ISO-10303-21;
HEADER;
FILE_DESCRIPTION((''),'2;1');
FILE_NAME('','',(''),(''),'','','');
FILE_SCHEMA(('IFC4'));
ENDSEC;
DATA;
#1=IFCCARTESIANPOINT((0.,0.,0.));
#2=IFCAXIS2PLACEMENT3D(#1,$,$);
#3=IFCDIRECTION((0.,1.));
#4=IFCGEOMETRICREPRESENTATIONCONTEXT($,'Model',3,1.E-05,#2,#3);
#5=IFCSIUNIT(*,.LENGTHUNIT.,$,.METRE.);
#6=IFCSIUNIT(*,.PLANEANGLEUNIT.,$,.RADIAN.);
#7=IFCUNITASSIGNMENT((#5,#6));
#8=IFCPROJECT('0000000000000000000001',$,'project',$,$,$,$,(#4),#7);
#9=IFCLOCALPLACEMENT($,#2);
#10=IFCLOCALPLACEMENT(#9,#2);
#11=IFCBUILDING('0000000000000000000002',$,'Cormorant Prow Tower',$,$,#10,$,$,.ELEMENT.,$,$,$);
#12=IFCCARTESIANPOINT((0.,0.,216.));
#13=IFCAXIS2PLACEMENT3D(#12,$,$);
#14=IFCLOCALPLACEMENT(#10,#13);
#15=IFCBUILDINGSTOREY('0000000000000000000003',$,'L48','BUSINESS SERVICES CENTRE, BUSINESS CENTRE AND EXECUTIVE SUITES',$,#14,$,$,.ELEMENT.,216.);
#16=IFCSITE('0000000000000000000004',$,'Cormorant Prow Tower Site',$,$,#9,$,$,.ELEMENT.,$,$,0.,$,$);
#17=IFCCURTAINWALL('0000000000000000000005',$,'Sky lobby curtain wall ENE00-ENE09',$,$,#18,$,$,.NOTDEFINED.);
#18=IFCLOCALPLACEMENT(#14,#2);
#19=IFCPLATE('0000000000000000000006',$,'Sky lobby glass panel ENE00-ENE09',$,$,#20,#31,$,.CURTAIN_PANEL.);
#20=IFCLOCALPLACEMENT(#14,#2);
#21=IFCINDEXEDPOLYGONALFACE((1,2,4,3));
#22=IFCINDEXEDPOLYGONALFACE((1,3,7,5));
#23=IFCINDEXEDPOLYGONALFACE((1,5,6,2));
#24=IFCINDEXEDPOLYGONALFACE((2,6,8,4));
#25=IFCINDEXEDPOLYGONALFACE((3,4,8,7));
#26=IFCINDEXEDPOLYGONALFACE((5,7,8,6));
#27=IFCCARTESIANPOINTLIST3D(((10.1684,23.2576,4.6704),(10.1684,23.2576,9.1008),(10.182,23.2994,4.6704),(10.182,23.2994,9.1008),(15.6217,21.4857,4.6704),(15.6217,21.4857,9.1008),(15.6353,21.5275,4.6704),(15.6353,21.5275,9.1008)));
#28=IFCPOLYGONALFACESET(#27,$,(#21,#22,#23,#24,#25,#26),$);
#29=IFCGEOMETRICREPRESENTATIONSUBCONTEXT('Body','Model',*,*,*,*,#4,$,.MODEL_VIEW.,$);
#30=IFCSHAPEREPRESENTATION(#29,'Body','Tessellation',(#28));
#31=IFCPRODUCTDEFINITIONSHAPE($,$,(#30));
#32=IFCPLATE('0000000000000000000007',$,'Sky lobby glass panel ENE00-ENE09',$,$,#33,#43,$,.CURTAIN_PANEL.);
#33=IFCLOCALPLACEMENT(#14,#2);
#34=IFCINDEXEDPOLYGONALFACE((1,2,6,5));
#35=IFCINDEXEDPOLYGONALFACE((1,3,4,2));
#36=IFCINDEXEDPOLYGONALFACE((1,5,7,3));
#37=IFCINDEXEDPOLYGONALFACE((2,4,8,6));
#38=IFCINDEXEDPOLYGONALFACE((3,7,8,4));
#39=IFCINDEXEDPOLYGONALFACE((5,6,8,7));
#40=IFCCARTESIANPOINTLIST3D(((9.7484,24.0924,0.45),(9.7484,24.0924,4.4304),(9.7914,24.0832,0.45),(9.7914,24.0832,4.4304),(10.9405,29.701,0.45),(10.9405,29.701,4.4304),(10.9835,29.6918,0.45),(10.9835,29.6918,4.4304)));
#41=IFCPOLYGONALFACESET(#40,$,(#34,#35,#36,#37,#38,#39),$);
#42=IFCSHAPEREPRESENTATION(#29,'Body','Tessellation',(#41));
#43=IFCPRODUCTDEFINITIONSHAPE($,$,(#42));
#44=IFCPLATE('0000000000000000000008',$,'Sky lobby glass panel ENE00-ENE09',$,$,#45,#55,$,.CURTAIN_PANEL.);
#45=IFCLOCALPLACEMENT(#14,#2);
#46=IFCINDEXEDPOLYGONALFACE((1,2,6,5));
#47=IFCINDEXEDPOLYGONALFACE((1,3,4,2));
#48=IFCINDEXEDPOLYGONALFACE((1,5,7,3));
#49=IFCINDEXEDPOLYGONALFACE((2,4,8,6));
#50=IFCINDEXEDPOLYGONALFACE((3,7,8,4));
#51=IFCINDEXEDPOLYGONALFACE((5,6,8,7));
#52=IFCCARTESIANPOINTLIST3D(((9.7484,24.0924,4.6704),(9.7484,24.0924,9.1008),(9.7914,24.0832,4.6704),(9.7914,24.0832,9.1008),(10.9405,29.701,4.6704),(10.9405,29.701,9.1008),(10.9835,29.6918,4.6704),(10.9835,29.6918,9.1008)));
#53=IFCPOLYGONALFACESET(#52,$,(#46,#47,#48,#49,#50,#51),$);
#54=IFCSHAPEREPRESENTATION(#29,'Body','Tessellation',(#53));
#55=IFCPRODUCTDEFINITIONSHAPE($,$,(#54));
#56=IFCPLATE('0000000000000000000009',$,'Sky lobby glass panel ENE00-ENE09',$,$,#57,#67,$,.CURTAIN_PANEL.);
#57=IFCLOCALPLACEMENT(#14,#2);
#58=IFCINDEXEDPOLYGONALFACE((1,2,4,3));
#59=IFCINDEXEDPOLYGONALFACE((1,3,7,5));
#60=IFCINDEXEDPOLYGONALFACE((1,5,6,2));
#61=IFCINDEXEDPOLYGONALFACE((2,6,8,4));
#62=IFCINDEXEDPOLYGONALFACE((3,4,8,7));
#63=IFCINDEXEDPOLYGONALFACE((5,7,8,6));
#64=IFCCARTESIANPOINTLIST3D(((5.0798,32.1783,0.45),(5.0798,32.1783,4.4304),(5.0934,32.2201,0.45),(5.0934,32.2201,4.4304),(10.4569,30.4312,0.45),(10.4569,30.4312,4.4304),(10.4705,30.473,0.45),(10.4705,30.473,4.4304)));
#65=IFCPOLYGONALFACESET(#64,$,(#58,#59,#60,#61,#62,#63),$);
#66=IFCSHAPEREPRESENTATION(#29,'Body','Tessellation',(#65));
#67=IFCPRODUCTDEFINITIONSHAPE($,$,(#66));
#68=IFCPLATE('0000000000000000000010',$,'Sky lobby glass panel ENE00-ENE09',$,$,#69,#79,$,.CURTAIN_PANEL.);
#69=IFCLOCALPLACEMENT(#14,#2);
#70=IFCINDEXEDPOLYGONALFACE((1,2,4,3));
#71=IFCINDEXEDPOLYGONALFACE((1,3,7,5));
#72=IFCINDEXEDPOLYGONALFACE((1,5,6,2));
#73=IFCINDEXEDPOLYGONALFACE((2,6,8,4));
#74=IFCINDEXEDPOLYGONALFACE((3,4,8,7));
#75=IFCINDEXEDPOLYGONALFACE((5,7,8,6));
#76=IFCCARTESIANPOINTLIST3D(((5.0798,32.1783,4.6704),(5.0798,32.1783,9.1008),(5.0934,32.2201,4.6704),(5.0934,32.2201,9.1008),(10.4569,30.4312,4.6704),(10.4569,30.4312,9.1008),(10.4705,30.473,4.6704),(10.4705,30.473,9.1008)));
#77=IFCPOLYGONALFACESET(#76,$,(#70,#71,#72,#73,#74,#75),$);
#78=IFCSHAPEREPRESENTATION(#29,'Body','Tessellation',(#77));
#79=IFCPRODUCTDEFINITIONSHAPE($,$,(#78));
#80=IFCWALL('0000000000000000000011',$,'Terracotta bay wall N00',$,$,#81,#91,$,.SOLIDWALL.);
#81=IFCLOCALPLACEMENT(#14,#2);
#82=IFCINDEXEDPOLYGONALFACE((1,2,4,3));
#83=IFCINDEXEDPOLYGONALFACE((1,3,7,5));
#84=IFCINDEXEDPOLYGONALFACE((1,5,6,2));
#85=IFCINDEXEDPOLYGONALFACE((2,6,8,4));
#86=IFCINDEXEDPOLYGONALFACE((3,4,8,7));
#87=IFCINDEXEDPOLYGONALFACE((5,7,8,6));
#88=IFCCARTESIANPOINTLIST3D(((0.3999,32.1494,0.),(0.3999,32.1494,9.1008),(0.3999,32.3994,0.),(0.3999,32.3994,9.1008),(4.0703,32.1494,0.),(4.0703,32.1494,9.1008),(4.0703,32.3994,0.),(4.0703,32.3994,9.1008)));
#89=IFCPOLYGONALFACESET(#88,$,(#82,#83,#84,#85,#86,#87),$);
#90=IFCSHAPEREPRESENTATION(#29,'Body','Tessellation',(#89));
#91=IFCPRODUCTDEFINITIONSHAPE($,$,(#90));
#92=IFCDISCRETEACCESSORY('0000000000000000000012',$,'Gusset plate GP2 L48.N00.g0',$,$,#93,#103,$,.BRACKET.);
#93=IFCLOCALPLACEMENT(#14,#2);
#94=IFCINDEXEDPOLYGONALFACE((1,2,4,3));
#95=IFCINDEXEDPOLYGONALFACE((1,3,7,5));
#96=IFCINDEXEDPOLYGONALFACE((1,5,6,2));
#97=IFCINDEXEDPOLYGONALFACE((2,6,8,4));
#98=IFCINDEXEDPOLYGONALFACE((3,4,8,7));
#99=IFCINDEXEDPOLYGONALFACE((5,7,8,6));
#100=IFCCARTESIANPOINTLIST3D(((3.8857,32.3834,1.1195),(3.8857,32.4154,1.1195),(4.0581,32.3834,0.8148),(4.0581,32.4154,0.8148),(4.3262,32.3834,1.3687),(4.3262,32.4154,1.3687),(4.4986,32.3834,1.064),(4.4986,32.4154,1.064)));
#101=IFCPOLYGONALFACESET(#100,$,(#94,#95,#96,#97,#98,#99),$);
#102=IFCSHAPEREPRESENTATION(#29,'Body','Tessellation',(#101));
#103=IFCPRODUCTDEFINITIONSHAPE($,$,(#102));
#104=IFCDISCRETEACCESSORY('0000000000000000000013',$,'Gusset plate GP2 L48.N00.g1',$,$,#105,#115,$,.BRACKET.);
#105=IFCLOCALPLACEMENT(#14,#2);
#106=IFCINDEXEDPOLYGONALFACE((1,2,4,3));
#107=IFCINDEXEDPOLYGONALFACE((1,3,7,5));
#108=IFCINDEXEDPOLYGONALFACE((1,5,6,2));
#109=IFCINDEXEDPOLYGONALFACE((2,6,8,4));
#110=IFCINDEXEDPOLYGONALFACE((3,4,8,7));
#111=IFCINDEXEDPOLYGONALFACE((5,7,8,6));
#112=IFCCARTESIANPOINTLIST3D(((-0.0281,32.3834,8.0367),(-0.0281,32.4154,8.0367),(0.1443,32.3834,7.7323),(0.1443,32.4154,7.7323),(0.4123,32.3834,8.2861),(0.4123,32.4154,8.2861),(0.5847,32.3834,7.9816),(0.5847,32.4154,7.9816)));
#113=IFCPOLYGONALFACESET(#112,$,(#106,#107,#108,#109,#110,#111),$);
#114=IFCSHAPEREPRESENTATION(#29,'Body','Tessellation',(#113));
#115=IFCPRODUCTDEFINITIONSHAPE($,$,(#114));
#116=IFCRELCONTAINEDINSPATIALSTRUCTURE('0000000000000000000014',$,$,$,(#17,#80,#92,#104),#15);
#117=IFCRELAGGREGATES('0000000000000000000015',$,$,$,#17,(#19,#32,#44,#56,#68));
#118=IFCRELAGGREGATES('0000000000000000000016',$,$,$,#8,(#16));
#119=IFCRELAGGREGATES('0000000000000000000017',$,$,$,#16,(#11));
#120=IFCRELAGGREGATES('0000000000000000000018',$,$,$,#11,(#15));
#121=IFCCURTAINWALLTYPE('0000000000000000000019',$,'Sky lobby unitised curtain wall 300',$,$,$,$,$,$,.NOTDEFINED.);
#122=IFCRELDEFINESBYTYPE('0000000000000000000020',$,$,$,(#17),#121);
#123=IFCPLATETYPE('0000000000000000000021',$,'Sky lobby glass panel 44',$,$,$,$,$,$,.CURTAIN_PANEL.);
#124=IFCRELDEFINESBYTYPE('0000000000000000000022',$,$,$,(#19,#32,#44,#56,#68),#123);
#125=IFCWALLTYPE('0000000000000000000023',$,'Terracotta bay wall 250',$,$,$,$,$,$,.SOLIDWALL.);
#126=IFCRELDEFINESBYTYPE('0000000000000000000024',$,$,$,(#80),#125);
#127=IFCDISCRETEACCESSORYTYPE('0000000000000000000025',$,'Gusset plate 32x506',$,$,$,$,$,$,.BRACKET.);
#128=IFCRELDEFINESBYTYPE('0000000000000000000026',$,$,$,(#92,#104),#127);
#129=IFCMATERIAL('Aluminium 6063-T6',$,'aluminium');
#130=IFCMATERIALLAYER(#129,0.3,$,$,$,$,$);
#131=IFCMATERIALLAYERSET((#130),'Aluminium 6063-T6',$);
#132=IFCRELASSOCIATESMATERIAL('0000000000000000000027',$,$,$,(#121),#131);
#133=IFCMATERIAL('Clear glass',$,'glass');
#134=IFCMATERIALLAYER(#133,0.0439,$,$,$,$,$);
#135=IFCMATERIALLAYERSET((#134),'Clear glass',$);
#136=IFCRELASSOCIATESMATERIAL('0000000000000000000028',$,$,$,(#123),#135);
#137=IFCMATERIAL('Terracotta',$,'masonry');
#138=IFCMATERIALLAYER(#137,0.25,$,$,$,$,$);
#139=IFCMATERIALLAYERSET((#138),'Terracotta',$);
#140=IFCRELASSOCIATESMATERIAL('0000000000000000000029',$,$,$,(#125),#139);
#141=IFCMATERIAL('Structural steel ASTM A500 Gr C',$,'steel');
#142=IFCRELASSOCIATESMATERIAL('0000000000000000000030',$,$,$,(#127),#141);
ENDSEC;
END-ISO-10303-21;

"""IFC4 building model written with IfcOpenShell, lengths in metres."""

from ifc_helpers import new_model, si_unit, direction, frame, frame_2d, origin, origin_2d, place, context, subcontext, project, spatial, rectangle, extrude, material, layer, layer_set, material_profile, profile_set, type_object, element, aggregate, save


model = new_model("IFC4")

# Units and contexts
model_context = context("Model", 3, precision=1e-05, world=origin(), true_north=direction((0.0, 1.0)))
body_context = subcontext(model_context, "Body", "Model", "MODEL_VIEW")
ifc_project = project(units=[si_unit("LENGTHUNIT", "METRE"), si_unit("PLANEANGLEUNIT", "RADIAN")], contexts=[model_context])

# Site, building, storey
site_placement = place(None, origin())
site = spatial("IfcSite", under=ifc_project, at=site_placement, Name="Cormorant Prow Tower Site", CompositionType="ELEMENT", RefElevation=0.0)
building_placement = place(site_placement, origin())
building = spatial("IfcBuilding", under=site, at=building_placement, Name="Cormorant Prow Tower", CompositionType="ELEMENT")
storey_placement = place(building_placement, frame((0.0, 0.0, 216.0)))
storey = spatial("IfcBuildingStorey", under=building, at=storey_placement, Name="L48", Description="BUSINESS SERVICES CENTRE, BUSINESS CENTRE AND EXECUTIVE SUITES", CompositionType="ELEMENT", Elevation=216.0)

# Curtain wall
ifc_material_1 = material(Name="Aluminium 6063-T6", Category="aluminium")
ifc_layer_1 = layer(ifc_material_1, 0.3)
ifc_layer_set_1 = layer_set([ifc_layer_1], Name="Aluminium 6063-T6")
curtain_wall_type = type_object("IfcCurtainWallType", Name="Sky lobby unitised curtain wall 300", PredefinedType="NOTDEFINED", material=ifc_layer_set_1)
curtain_wall_placement = place(storey_placement, origin())
curtain_wall = element("IfcCurtainWall", 1, at=curtain_wall_placement, inside=storey, type_object=curtain_wall_type, Name="Sky lobby curtain wall ENE00-ENE09", PredefinedType="NOTDEFINED")

# Plates
ifc_material_2 = material(Name="Clear glass", Category="glass")
ifc_layer_2 = layer(ifc_material_2, 0.0439)
ifc_layer_set_2 = layer_set([ifc_layer_2], Name="Clear glass")
plate_type = type_object("IfcPlateType", Name="Sky lobby glass panel 44", PredefinedType="CURTAIN_PANEL", material=ifc_layer_set_2)
plate_1_placement = place(storey_placement, frame((12.9019, 22.3926, 4.6704), z_axis=(0.0, 0.0, 1.0), x_axis=(-0.951057, 0.309017, 0.0)))
plate_1 = element("IfcPlate", 2, at=plate_1_placement, type_object=plate_type, Name="Sky lobby glass panel ENE00-ENE09", PredefinedType="CURTAIN_PANEL", context=body_context, shape_type="SweptSolid", body=[
    extrude(rectangle(XDim=5.7339, YDim=0.0439, at=origin_2d()), origin(), (0.0, 0.0, 1.0), 4.4304),
])
plate_2_placement = place(storey_placement, frame((10.366, 26.8921, 0.45), z_axis=(0.0, 0.0, 1.0), x_axis=(0.207912, 0.978148, 0.0)))
plate_2 = element("IfcPlate", 3, at=plate_2_placement, type_object=plate_type, Name="Sky lobby glass panel ENE00-ENE09", PredefinedType="CURTAIN_PANEL", context=body_context, shape_type="SweptSolid", body=[
    extrude(rectangle(XDim=5.7339, YDim=0.0439, at=origin_2d()), origin(), (0.0, 0.0, 1.0), 3.9805),
])
plate_3_placement = place(storey_placement, frame((10.366, 26.8921, 4.6704), z_axis=(0.0, 0.0, 1.0), x_axis=(0.207912, 0.978148, 0.0)))
plate_3 = element("IfcPlate", 4, at=plate_3_placement, type_object=plate_type, Name="Sky lobby glass panel ENE00-ENE09", PredefinedType="CURTAIN_PANEL", context=body_context, shape_type="SweptSolid", body=[
    extrude(rectangle(XDim=5.7339, YDim=0.0439, at=origin_2d()), origin(), (0.0, 0.0, 1.0), 4.4304),
])
plate_4_placement = place(storey_placement, frame((7.7751, 31.3257, 0.45), z_axis=(0.0, 0.0, 1.0), x_axis=(-0.951057, 0.309017, 0.0)))
plate_4 = element("IfcPlate", 5, at=plate_4_placement, type_object=plate_type, Name="Sky lobby glass panel ENE00-ENE09", PredefinedType="CURTAIN_PANEL", context=body_context, shape_type="SweptSolid", body=[
    extrude(rectangle(XDim=5.6538, YDim=0.0439, at=origin_2d()), origin(), (0.0, 0.0, 1.0), 3.9805),
])
plate_5_placement = place(storey_placement, frame((7.7751, 31.3257, 4.6704), z_axis=(0.0, 0.0, 1.0), x_axis=(-0.951057, 0.309017, 0.0)))
plate_5 = element("IfcPlate", 6, at=plate_5_placement, type_object=plate_type, Name="Sky lobby glass panel ENE00-ENE09", PredefinedType="CURTAIN_PANEL", context=body_context, shape_type="SweptSolid", body=[
    extrude(rectangle(XDim=5.6538, YDim=0.0439, at=origin_2d()), origin(), (0.0, 0.0, 1.0), 4.4304),
])
aggregate(curtain_wall, [plate_1, plate_2, plate_3, plate_4, plate_5])

# Wall
ifc_material_3 = material(Name="Terracotta", Category="masonry")
ifc_layer_3 = layer(ifc_material_3, 0.25)
ifc_layer_set_3 = layer_set([ifc_layer_3], Name="Terracotta")
wall_type = type_object("IfcWallType", Name="Terracotta bay wall 250", PredefinedType="SOLIDWALL", material=ifc_layer_set_3)
wall_placement = place(storey_placement, frame((4.0703, 32.2744, 0.0), z_axis=(0.0, 0.0, 1.0), x_axis=(-1.0, 0.0, 0.0)))
element("IfcWall", 7, at=wall_placement, inside=storey, type_object=wall_type, Name="Terracotta bay wall N00", PredefinedType="SOLIDWALL", context=body_context, shape_type="SweptSolid", body=[
    extrude(rectangle(XDim=3.6704, YDim=0.25, at=frame_2d((1.8352, 0.0))), origin(), (0.0, 0.0, 1.0), 9.1008),
])

# Discrete accessories
ifc_material_4 = material(Name="Structural steel ASTM A500 Gr C", Category="steel")
ifc_material_profile_1 = material_profile(ifc_material_4, rectangle(XDim=0.032, YDim=0.5061, at=origin_2d()), Name="Gusset plate 32x506")
ifc_profile_set_1 = profile_set([ifc_material_profile_1], Name="Structural steel ASTM A500 Gr C")
discrete_accessory_type = type_object("IfcDiscreteAccessoryType", Name="Gusset plate 32x506", PredefinedType="BRACKET", material=ifc_profile_set_1)
discrete_accessory_1_placement = place(storey_placement, frame((4.106, 32.3994, 1.2441), z_axis=(0.492379, 0.0, -0.870381), x_axis=(0.0, 1.0, 0.0)))
element("IfcDiscreteAccessory", 8, at=discrete_accessory_1_placement, inside=storey, type_object=discrete_accessory_type, Name="Gusset plate GP2 L48.N00.g0", PredefinedType="BRACKET", context=body_context, shape_type="SweptSolid", body=[
    extrude(rectangle(XDim=0.032, YDim=0.5061, at=origin_2d()), origin(), (0.0, 0.0, 1.0), 0.3501),
])
discrete_accessory_2_placement = place(storey_placement, frame((0.3645, 32.3994, 7.8569), z_axis=(-0.492678, 0.0, 0.870212), x_axis=(0.0, -1.0, 0.0)))
element("IfcDiscreteAccessory", 9, at=discrete_accessory_2_placement, inside=storey, type_object=discrete_accessory_type, Name="Gusset plate GP2 L48.N00.g1", PredefinedType="BRACKET", context=body_context, shape_type="SweptSolid", body=[
    extrude(rectangle(XDim=0.032, YDim=0.5061, at=origin_2d()), origin(), (0.0, 0.0, 1.0), 0.3499),
])

save(model, "model.ifc")
